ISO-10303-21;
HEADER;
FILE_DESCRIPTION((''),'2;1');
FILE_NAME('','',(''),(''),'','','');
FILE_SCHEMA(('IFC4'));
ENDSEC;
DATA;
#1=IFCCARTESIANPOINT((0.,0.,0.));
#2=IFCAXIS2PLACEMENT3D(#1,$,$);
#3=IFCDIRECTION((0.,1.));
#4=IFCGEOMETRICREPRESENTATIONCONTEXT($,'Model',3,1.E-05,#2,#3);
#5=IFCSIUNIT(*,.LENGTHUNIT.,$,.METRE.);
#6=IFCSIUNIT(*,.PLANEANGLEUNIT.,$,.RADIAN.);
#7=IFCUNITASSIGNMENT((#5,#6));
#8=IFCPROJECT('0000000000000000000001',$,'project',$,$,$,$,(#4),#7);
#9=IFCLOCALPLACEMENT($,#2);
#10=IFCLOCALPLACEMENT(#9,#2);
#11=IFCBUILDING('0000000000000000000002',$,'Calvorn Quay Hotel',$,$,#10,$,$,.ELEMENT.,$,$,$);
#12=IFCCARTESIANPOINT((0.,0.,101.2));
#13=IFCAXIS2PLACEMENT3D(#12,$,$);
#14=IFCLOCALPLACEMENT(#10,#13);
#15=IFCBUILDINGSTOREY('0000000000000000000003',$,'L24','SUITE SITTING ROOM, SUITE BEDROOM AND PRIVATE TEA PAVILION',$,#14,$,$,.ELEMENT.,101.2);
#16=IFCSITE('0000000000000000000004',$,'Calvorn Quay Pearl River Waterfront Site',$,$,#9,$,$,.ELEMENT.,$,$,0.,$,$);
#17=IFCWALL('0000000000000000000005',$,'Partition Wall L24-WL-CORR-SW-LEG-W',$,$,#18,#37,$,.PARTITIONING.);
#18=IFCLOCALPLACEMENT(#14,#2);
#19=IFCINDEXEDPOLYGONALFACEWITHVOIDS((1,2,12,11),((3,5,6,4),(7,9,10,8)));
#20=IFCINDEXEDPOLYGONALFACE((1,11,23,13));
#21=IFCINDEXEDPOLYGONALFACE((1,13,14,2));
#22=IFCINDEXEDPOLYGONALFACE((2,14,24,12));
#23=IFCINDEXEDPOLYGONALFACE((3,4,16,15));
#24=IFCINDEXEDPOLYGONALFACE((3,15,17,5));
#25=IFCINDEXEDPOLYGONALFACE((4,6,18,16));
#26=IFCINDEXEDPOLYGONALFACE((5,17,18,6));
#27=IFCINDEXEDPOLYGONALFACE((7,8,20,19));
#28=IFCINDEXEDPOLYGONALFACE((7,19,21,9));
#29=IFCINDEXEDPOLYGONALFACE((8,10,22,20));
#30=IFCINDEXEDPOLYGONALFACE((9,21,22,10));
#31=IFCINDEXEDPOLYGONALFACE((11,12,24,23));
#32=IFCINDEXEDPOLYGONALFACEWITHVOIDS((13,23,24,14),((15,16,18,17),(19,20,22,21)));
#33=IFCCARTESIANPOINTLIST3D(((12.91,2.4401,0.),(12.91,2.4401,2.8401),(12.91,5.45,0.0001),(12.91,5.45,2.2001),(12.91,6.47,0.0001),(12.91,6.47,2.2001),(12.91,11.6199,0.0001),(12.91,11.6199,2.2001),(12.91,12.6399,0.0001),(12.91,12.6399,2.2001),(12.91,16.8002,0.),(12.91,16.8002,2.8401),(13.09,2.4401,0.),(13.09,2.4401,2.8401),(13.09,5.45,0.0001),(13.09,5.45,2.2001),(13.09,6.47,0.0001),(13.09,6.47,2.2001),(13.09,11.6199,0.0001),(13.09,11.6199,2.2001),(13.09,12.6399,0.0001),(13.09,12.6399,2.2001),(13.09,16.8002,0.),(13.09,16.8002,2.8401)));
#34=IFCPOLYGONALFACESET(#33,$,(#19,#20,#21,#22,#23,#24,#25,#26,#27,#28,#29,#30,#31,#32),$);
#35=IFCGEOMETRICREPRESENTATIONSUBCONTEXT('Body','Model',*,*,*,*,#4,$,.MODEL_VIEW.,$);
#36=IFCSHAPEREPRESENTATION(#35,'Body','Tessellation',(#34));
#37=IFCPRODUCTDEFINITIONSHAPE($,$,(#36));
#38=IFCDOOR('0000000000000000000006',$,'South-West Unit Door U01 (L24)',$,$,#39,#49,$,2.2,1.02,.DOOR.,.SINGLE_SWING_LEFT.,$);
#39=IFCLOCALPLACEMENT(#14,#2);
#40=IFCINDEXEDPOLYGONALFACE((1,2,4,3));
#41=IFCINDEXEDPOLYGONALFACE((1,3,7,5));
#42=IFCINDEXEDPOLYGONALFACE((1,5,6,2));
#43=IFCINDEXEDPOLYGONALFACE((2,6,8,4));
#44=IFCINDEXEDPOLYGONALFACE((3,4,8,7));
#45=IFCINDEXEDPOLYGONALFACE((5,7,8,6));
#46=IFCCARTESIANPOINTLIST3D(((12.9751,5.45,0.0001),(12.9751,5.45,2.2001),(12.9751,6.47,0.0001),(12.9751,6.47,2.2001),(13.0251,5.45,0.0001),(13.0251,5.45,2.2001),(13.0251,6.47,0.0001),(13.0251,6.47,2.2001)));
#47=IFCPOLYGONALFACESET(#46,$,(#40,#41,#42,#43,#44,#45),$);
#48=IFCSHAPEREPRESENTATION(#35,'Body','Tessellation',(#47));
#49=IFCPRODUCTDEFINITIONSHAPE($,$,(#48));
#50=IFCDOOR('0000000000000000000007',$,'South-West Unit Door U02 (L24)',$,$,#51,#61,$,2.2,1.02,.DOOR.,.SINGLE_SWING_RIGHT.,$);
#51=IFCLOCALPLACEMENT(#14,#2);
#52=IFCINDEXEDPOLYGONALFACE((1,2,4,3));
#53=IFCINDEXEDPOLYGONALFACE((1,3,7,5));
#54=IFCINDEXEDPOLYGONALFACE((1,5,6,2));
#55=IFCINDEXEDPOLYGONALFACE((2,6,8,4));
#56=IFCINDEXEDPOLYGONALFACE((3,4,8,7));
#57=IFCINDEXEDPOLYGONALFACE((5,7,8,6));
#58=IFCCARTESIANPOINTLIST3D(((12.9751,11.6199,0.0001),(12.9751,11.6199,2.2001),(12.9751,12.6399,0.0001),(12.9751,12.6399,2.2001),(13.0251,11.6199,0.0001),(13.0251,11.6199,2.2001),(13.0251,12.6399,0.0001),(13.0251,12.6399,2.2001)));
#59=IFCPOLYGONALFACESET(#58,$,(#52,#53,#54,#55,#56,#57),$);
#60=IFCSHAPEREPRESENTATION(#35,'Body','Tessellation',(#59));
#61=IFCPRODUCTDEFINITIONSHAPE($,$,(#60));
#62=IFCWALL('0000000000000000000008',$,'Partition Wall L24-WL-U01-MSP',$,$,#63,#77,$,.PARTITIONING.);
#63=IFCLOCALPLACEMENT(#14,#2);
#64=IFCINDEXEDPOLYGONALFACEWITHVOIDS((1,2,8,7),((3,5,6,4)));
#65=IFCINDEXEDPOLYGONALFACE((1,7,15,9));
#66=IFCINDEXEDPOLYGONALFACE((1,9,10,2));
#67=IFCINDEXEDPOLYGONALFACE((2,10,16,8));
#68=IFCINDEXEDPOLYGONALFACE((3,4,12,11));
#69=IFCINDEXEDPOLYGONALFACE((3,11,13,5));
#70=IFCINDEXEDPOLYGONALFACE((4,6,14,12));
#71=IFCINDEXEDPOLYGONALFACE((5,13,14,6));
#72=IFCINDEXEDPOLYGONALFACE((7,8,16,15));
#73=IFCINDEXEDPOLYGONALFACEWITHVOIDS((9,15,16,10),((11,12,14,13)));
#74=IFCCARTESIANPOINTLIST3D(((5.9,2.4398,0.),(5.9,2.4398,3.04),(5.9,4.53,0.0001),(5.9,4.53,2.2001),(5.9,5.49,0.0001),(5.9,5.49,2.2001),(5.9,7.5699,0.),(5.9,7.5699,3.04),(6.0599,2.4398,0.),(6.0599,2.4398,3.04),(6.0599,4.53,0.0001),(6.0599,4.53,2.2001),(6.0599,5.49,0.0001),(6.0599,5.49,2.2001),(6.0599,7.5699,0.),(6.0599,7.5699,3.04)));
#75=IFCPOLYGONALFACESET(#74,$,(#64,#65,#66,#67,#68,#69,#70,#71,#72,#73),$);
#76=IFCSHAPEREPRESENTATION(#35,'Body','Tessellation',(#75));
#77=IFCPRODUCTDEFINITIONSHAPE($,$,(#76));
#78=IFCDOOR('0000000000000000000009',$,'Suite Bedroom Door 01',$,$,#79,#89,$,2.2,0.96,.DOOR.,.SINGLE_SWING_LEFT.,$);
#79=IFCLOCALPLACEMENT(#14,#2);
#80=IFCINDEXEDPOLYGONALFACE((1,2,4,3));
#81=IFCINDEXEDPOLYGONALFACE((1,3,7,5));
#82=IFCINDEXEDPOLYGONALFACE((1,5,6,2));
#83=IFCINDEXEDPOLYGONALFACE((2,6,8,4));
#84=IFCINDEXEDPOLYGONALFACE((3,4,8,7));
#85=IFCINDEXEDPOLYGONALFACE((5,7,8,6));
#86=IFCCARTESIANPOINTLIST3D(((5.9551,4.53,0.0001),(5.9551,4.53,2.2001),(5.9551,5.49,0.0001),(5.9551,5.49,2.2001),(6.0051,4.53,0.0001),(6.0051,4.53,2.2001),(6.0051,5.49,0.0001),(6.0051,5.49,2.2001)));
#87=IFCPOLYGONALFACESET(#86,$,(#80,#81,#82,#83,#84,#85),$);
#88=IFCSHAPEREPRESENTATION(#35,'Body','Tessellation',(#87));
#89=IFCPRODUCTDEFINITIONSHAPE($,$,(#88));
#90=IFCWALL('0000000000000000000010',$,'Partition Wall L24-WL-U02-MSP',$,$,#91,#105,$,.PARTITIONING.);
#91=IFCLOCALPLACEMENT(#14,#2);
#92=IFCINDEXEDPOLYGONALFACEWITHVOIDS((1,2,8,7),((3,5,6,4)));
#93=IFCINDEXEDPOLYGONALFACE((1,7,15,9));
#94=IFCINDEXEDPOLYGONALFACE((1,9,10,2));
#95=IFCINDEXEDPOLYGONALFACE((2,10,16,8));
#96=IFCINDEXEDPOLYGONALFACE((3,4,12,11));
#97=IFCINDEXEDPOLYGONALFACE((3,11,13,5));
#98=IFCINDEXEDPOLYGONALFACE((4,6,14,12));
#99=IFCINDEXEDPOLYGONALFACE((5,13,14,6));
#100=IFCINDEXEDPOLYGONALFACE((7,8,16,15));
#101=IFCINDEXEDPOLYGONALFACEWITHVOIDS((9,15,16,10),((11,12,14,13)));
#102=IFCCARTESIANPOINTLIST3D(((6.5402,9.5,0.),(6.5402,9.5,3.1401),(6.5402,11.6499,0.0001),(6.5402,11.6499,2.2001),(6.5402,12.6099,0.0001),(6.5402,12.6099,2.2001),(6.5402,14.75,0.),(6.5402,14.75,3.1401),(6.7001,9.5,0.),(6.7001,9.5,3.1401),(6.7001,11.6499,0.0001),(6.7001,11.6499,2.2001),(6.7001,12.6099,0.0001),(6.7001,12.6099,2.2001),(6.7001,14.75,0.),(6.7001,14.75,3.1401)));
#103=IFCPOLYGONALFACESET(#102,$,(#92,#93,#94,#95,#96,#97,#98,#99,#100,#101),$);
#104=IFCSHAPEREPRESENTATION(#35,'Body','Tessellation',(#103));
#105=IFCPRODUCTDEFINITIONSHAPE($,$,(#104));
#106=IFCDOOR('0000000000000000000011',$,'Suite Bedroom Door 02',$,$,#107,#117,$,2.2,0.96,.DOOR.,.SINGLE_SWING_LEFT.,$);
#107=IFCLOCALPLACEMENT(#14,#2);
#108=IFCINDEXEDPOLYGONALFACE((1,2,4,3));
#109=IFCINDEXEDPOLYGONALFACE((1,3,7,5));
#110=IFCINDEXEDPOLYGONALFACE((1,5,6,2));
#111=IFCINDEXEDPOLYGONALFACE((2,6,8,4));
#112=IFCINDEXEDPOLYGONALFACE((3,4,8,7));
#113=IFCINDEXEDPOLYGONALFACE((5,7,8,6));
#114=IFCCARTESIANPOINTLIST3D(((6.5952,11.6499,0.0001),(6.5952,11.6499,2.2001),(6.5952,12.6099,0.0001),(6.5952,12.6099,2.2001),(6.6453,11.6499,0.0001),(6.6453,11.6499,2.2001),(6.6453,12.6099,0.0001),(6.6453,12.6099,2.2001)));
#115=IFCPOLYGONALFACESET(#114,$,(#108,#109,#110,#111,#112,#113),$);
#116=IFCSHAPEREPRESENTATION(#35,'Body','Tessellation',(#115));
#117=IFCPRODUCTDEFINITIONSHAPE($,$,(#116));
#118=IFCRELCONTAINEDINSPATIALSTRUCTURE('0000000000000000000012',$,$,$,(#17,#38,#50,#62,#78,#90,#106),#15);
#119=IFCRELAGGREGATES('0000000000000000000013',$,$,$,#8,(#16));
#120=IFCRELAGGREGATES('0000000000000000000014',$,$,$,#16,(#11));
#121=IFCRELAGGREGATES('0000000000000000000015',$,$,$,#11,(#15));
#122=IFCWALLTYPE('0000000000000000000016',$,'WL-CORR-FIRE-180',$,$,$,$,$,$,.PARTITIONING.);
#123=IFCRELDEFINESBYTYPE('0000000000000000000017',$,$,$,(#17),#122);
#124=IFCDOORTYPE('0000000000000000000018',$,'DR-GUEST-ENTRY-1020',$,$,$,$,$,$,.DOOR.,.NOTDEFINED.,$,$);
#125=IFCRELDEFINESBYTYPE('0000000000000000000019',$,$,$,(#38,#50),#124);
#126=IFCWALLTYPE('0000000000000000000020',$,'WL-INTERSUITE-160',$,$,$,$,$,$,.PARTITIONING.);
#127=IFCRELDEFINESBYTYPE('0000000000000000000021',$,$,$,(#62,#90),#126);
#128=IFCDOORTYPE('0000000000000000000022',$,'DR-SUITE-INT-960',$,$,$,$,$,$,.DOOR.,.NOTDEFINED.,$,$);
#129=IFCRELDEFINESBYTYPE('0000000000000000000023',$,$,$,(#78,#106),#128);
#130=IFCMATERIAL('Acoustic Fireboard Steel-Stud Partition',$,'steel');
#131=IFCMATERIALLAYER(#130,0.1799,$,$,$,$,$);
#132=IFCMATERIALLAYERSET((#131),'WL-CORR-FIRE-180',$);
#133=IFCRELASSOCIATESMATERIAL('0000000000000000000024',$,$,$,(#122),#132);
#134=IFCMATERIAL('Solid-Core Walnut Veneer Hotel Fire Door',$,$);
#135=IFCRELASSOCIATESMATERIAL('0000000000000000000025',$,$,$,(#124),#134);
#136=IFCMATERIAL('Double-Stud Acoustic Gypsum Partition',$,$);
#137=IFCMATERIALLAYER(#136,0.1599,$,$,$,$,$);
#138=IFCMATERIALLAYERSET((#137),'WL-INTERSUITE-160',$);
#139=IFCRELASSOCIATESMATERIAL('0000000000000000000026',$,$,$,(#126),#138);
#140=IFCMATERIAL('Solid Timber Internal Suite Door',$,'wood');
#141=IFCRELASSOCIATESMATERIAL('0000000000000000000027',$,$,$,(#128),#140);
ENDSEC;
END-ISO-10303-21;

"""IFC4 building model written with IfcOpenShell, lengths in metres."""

from ifc_helpers import new_model, si_unit, direction, frame, frame_2d, origin, place, context, subcontext, project, spatial, rectangle, extrude, material, layer, layer_set, type_object, element, fill, save


model = new_model("IFC4")

# Units and contexts
model_context = context("Model", 3, precision=1e-05, world=origin(), true_north=direction((0.0, 1.0)))
body_context = subcontext(model_context, "Body", "Model", "MODEL_VIEW")
ifc_project = project(units=[si_unit("LENGTHUNIT", "METRE"), si_unit("PLANEANGLEUNIT", "RADIAN")], contexts=[model_context])

# Site, building, storey
site_placement = place(None, origin())
site = spatial("IfcSite", under=ifc_project, at=site_placement, Name="Calvorn Quay Pearl River Waterfront Site", CompositionType="ELEMENT", RefElevation=0.0)
building_placement = place(site_placement, origin())
building = spatial("IfcBuilding", under=site, at=building_placement, Name="Calvorn Quay Hotel", CompositionType="ELEMENT")
storey_placement = place(building_placement, frame((0.0, 0.0, 101.2)))
storey = spatial("IfcBuildingStorey", under=building, at=storey_placement, Name="L24", Description="SUITE SITTING ROOM, SUITE BEDROOM AND PRIVATE TEA PAVILION", CompositionType="ELEMENT", Elevation=101.2)

# Wall, openings, doors
ifc_material_1 = material(Name="Acoustic Fireboard Steel-Stud Partition", Category="steel")
ifc_layer_1 = layer(ifc_material_1, 0.1799)
ifc_layer_set_1 = layer_set([ifc_layer_1], Name="WL-CORR-FIRE-180")
wall_type_1 = type_object("IfcWallType", Name="WL-CORR-FIRE-180", PredefinedType="PARTITIONING", material=ifc_layer_set_1)
wall_1_placement = place(storey_placement, frame((13.0, 2.4399, 0.0), z_axis=(0.0, 0.0, 1.0), x_axis=(0.0, 1.0, 0.0)))
wall_1 = element("IfcWall", 1, at=wall_1_placement, inside=storey, type_object=wall_type_1, Name="Partition Wall L24-WL-CORR-SW-LEG-W", PredefinedType="PARTITIONING", context=body_context, shape_type="SweptSolid", body=[
    extrude(rectangle(XDim=14.3601, YDim=0.1799, at=frame_2d((7.1802, 0.0))), origin(), (0.0, 0.0, 1.0), 2.8401),
])
opening_1_placement = place(wall_1_placement, frame((3.01, 0.0, 0.0)))
opening_1 = element("IfcOpeningElement", 2, at=opening_1_placement, cuts=wall_1, PredefinedType="OPENING", context=body_context, shape_type="SweptSolid", body=[
    extrude(rectangle(XDim=1.02, YDim=2.2, at=frame_2d((0.51, 1.1001))), frame((0.0, 0.0999, 0.0), z_axis=(0.0, -1.0, 0.0), x_axis=(1.0, 0.0, 0.0)), (0.0, 0.0, 1.0), 0.2),
])
opening_2_placement = place(wall_1_placement, frame((9.1799, 0.0, 0.0)))
opening_2 = element("IfcOpeningElement", 3, at=opening_2_placement, cuts=wall_1, PredefinedType="OPENING", context=body_context, shape_type="SweptSolid", body=[
    extrude(rectangle(XDim=1.02, YDim=2.2, at=frame_2d((0.51, 1.1001))), frame((0.0, 0.0999, 0.0), z_axis=(0.0, -1.0, 0.0), x_axis=(1.0, 0.0, 0.0)), (0.0, 0.0, 1.0), 0.2),
])
ifc_material_2 = material(Name="Solid-Core Walnut Veneer Hotel Fire Door")
door_type_1 = type_object("IfcDoorType", Name="DR-GUEST-ENTRY-1020", OperationType="NOTDEFINED", PredefinedType="DOOR", material=ifc_material_2)
door_1_placement = place(opening_1_placement, origin())
door_1 = element("IfcDoor", 4, at=door_1_placement, inside=storey, type_object=door_type_1, Name="South-West Unit Door U01 (L24)", OperationType="SINGLE_SWING_LEFT", OverallHeight=2.2, OverallWidth=1.02, PredefinedType="DOOR", context=body_context, shape_type="SweptSolid", body=[
    extrude(rectangle(XDim=1.02, YDim=2.2, at=frame_2d((0.51, 1.1001))), frame((0.0, 0.0249, 0.0), z_axis=(0.0, -1.0, 0.0), x_axis=(1.0, 0.0, 0.0)), (0.0, 0.0, 1.0), 0.05),
])
fill(opening_1, door_1)
door_2_placement = place(opening_2_placement, origin())
door_2 = element("IfcDoor", 5, at=door_2_placement, inside=storey, type_object=door_type_1, Name="South-West Unit Door U02 (L24)", OperationType="SINGLE_SWING_RIGHT", OverallHeight=2.2, OverallWidth=1.02, PredefinedType="DOOR", context=body_context, shape_type="SweptSolid", body=[
    extrude(rectangle(XDim=1.02, YDim=2.2, at=frame_2d((0.51, 1.1001))), frame((0.0, 0.0249, 0.0), z_axis=(0.0, -1.0, 0.0), x_axis=(1.0, 0.0, 0.0)), (0.0, 0.0, 1.0), 0.05),
])
fill(opening_2, door_2)

# Walls, openings, doors
ifc_material_3 = material(Name="Double-Stud Acoustic Gypsum Partition")
ifc_layer_2 = layer(ifc_material_3, 0.1599)
ifc_layer_set_2 = layer_set([ifc_layer_2], Name="WL-INTERSUITE-160")
wall_type_2 = type_object("IfcWallType", Name="WL-INTERSUITE-160", PredefinedType="PARTITIONING", material=ifc_layer_set_2)
wall_2_placement = place(storey_placement, frame((5.98, 2.4399, 0.0), z_axis=(0.0, 0.0, 1.0), x_axis=(0.0, 1.0, 0.0)))
wall_2 = element("IfcWall", 6, at=wall_2_placement, inside=storey, type_object=wall_type_2, Name="Partition Wall L24-WL-U01-MSP", PredefinedType="PARTITIONING", context=body_context, shape_type="SweptSolid", body=[
    extrude(rectangle(XDim=5.1301, YDim=0.1599, at=frame_2d((2.5649, 0.0))), origin(), (0.0, 0.0, 1.0), 3.04),
])
opening_3_placement = place(wall_2_placement, frame((2.0901, 0.0, 0.0)))
opening_3 = element("IfcOpeningElement", 7, at=opening_3_placement, cuts=wall_2, PredefinedType="OPENING", context=body_context, shape_type="SweptSolid", body=[
    extrude(rectangle(XDim=0.96, YDim=2.2, at=frame_2d((0.48, 1.1001))), frame((0.0, 0.0898, 0.0), z_axis=(0.0, -1.0, 0.0), x_axis=(1.0, 0.0, 0.0)), (0.0, 0.0, 1.0), 0.1799),
])
ifc_material_4 = material(Name="Solid Timber Internal Suite Door", Category="wood")
door_type_2 = type_object("IfcDoorType", Name="DR-SUITE-INT-960", OperationType="NOTDEFINED", PredefinedType="DOOR", material=ifc_material_4)
door_3_placement = place(opening_3_placement, origin())
door_3 = element("IfcDoor", 8, at=door_3_placement, inside=storey, type_object=door_type_2, Name="Suite Bedroom Door 01", OperationType="SINGLE_SWING_LEFT", OverallHeight=2.2, OverallWidth=0.96, PredefinedType="DOOR", context=body_context, shape_type="SweptSolid", body=[
    extrude(rectangle(XDim=0.96, YDim=2.2, at=frame_2d((0.48, 1.1001))), frame((0.0, 0.0249, 0.0), z_axis=(0.0, -1.0, 0.0), x_axis=(1.0, 0.0, 0.0)), (0.0, 0.0, 1.0), 0.05),
])
fill(opening_3, door_3)
wall_3_placement = place(storey_placement, frame((6.6201, 9.5, 0.0), z_axis=(0.0, 0.0, 1.0), x_axis=(0.0, 1.0, 0.0)))
wall_3 = element("IfcWall", 9, at=wall_3_placement, inside=storey, type_object=wall_type_2, Name="Partition Wall L24-WL-U02-MSP", PredefinedType="PARTITIONING", context=body_context, shape_type="SweptSolid", body=[
    extrude(rectangle(XDim=5.25, YDim=0.1599, at=frame_2d((2.625, 0.0))), origin(), (0.0, 0.0, 1.0), 3.1401),
])
opening_4_placement = place(wall_3_placement, frame((2.1499, 0.0, 0.0)))
opening_4 = element("IfcOpeningElement", 10, at=opening_4_placement, cuts=wall_3, PredefinedType="OPENING", context=body_context, shape_type="SweptSolid", body=[
    extrude(rectangle(XDim=0.96, YDim=2.2, at=frame_2d((0.48, 1.1001))), frame((0.0, 0.0898, 0.0), z_axis=(0.0, -1.0, 0.0), x_axis=(1.0, 0.0, 0.0)), (0.0, 0.0, 1.0), 0.1799),
])
door_4_placement = place(opening_4_placement, origin())
door_4 = element("IfcDoor", 11, at=door_4_placement, inside=storey, type_object=door_type_2, Name="Suite Bedroom Door 02", OperationType="SINGLE_SWING_LEFT", OverallHeight=2.2, OverallWidth=0.96, PredefinedType="DOOR", context=body_context, shape_type="SweptSolid", body=[
    extrude(rectangle(XDim=0.96, YDim=2.2, at=frame_2d((0.48, 1.1001))), frame((0.0, 0.0249, 0.0), z_axis=(0.0, -1.0, 0.0), x_axis=(1.0, 0.0, 0.0)), (0.0, 0.0, 1.0), 0.05),
])
fill(opening_4, door_4)

save(model, "model.ifc")
